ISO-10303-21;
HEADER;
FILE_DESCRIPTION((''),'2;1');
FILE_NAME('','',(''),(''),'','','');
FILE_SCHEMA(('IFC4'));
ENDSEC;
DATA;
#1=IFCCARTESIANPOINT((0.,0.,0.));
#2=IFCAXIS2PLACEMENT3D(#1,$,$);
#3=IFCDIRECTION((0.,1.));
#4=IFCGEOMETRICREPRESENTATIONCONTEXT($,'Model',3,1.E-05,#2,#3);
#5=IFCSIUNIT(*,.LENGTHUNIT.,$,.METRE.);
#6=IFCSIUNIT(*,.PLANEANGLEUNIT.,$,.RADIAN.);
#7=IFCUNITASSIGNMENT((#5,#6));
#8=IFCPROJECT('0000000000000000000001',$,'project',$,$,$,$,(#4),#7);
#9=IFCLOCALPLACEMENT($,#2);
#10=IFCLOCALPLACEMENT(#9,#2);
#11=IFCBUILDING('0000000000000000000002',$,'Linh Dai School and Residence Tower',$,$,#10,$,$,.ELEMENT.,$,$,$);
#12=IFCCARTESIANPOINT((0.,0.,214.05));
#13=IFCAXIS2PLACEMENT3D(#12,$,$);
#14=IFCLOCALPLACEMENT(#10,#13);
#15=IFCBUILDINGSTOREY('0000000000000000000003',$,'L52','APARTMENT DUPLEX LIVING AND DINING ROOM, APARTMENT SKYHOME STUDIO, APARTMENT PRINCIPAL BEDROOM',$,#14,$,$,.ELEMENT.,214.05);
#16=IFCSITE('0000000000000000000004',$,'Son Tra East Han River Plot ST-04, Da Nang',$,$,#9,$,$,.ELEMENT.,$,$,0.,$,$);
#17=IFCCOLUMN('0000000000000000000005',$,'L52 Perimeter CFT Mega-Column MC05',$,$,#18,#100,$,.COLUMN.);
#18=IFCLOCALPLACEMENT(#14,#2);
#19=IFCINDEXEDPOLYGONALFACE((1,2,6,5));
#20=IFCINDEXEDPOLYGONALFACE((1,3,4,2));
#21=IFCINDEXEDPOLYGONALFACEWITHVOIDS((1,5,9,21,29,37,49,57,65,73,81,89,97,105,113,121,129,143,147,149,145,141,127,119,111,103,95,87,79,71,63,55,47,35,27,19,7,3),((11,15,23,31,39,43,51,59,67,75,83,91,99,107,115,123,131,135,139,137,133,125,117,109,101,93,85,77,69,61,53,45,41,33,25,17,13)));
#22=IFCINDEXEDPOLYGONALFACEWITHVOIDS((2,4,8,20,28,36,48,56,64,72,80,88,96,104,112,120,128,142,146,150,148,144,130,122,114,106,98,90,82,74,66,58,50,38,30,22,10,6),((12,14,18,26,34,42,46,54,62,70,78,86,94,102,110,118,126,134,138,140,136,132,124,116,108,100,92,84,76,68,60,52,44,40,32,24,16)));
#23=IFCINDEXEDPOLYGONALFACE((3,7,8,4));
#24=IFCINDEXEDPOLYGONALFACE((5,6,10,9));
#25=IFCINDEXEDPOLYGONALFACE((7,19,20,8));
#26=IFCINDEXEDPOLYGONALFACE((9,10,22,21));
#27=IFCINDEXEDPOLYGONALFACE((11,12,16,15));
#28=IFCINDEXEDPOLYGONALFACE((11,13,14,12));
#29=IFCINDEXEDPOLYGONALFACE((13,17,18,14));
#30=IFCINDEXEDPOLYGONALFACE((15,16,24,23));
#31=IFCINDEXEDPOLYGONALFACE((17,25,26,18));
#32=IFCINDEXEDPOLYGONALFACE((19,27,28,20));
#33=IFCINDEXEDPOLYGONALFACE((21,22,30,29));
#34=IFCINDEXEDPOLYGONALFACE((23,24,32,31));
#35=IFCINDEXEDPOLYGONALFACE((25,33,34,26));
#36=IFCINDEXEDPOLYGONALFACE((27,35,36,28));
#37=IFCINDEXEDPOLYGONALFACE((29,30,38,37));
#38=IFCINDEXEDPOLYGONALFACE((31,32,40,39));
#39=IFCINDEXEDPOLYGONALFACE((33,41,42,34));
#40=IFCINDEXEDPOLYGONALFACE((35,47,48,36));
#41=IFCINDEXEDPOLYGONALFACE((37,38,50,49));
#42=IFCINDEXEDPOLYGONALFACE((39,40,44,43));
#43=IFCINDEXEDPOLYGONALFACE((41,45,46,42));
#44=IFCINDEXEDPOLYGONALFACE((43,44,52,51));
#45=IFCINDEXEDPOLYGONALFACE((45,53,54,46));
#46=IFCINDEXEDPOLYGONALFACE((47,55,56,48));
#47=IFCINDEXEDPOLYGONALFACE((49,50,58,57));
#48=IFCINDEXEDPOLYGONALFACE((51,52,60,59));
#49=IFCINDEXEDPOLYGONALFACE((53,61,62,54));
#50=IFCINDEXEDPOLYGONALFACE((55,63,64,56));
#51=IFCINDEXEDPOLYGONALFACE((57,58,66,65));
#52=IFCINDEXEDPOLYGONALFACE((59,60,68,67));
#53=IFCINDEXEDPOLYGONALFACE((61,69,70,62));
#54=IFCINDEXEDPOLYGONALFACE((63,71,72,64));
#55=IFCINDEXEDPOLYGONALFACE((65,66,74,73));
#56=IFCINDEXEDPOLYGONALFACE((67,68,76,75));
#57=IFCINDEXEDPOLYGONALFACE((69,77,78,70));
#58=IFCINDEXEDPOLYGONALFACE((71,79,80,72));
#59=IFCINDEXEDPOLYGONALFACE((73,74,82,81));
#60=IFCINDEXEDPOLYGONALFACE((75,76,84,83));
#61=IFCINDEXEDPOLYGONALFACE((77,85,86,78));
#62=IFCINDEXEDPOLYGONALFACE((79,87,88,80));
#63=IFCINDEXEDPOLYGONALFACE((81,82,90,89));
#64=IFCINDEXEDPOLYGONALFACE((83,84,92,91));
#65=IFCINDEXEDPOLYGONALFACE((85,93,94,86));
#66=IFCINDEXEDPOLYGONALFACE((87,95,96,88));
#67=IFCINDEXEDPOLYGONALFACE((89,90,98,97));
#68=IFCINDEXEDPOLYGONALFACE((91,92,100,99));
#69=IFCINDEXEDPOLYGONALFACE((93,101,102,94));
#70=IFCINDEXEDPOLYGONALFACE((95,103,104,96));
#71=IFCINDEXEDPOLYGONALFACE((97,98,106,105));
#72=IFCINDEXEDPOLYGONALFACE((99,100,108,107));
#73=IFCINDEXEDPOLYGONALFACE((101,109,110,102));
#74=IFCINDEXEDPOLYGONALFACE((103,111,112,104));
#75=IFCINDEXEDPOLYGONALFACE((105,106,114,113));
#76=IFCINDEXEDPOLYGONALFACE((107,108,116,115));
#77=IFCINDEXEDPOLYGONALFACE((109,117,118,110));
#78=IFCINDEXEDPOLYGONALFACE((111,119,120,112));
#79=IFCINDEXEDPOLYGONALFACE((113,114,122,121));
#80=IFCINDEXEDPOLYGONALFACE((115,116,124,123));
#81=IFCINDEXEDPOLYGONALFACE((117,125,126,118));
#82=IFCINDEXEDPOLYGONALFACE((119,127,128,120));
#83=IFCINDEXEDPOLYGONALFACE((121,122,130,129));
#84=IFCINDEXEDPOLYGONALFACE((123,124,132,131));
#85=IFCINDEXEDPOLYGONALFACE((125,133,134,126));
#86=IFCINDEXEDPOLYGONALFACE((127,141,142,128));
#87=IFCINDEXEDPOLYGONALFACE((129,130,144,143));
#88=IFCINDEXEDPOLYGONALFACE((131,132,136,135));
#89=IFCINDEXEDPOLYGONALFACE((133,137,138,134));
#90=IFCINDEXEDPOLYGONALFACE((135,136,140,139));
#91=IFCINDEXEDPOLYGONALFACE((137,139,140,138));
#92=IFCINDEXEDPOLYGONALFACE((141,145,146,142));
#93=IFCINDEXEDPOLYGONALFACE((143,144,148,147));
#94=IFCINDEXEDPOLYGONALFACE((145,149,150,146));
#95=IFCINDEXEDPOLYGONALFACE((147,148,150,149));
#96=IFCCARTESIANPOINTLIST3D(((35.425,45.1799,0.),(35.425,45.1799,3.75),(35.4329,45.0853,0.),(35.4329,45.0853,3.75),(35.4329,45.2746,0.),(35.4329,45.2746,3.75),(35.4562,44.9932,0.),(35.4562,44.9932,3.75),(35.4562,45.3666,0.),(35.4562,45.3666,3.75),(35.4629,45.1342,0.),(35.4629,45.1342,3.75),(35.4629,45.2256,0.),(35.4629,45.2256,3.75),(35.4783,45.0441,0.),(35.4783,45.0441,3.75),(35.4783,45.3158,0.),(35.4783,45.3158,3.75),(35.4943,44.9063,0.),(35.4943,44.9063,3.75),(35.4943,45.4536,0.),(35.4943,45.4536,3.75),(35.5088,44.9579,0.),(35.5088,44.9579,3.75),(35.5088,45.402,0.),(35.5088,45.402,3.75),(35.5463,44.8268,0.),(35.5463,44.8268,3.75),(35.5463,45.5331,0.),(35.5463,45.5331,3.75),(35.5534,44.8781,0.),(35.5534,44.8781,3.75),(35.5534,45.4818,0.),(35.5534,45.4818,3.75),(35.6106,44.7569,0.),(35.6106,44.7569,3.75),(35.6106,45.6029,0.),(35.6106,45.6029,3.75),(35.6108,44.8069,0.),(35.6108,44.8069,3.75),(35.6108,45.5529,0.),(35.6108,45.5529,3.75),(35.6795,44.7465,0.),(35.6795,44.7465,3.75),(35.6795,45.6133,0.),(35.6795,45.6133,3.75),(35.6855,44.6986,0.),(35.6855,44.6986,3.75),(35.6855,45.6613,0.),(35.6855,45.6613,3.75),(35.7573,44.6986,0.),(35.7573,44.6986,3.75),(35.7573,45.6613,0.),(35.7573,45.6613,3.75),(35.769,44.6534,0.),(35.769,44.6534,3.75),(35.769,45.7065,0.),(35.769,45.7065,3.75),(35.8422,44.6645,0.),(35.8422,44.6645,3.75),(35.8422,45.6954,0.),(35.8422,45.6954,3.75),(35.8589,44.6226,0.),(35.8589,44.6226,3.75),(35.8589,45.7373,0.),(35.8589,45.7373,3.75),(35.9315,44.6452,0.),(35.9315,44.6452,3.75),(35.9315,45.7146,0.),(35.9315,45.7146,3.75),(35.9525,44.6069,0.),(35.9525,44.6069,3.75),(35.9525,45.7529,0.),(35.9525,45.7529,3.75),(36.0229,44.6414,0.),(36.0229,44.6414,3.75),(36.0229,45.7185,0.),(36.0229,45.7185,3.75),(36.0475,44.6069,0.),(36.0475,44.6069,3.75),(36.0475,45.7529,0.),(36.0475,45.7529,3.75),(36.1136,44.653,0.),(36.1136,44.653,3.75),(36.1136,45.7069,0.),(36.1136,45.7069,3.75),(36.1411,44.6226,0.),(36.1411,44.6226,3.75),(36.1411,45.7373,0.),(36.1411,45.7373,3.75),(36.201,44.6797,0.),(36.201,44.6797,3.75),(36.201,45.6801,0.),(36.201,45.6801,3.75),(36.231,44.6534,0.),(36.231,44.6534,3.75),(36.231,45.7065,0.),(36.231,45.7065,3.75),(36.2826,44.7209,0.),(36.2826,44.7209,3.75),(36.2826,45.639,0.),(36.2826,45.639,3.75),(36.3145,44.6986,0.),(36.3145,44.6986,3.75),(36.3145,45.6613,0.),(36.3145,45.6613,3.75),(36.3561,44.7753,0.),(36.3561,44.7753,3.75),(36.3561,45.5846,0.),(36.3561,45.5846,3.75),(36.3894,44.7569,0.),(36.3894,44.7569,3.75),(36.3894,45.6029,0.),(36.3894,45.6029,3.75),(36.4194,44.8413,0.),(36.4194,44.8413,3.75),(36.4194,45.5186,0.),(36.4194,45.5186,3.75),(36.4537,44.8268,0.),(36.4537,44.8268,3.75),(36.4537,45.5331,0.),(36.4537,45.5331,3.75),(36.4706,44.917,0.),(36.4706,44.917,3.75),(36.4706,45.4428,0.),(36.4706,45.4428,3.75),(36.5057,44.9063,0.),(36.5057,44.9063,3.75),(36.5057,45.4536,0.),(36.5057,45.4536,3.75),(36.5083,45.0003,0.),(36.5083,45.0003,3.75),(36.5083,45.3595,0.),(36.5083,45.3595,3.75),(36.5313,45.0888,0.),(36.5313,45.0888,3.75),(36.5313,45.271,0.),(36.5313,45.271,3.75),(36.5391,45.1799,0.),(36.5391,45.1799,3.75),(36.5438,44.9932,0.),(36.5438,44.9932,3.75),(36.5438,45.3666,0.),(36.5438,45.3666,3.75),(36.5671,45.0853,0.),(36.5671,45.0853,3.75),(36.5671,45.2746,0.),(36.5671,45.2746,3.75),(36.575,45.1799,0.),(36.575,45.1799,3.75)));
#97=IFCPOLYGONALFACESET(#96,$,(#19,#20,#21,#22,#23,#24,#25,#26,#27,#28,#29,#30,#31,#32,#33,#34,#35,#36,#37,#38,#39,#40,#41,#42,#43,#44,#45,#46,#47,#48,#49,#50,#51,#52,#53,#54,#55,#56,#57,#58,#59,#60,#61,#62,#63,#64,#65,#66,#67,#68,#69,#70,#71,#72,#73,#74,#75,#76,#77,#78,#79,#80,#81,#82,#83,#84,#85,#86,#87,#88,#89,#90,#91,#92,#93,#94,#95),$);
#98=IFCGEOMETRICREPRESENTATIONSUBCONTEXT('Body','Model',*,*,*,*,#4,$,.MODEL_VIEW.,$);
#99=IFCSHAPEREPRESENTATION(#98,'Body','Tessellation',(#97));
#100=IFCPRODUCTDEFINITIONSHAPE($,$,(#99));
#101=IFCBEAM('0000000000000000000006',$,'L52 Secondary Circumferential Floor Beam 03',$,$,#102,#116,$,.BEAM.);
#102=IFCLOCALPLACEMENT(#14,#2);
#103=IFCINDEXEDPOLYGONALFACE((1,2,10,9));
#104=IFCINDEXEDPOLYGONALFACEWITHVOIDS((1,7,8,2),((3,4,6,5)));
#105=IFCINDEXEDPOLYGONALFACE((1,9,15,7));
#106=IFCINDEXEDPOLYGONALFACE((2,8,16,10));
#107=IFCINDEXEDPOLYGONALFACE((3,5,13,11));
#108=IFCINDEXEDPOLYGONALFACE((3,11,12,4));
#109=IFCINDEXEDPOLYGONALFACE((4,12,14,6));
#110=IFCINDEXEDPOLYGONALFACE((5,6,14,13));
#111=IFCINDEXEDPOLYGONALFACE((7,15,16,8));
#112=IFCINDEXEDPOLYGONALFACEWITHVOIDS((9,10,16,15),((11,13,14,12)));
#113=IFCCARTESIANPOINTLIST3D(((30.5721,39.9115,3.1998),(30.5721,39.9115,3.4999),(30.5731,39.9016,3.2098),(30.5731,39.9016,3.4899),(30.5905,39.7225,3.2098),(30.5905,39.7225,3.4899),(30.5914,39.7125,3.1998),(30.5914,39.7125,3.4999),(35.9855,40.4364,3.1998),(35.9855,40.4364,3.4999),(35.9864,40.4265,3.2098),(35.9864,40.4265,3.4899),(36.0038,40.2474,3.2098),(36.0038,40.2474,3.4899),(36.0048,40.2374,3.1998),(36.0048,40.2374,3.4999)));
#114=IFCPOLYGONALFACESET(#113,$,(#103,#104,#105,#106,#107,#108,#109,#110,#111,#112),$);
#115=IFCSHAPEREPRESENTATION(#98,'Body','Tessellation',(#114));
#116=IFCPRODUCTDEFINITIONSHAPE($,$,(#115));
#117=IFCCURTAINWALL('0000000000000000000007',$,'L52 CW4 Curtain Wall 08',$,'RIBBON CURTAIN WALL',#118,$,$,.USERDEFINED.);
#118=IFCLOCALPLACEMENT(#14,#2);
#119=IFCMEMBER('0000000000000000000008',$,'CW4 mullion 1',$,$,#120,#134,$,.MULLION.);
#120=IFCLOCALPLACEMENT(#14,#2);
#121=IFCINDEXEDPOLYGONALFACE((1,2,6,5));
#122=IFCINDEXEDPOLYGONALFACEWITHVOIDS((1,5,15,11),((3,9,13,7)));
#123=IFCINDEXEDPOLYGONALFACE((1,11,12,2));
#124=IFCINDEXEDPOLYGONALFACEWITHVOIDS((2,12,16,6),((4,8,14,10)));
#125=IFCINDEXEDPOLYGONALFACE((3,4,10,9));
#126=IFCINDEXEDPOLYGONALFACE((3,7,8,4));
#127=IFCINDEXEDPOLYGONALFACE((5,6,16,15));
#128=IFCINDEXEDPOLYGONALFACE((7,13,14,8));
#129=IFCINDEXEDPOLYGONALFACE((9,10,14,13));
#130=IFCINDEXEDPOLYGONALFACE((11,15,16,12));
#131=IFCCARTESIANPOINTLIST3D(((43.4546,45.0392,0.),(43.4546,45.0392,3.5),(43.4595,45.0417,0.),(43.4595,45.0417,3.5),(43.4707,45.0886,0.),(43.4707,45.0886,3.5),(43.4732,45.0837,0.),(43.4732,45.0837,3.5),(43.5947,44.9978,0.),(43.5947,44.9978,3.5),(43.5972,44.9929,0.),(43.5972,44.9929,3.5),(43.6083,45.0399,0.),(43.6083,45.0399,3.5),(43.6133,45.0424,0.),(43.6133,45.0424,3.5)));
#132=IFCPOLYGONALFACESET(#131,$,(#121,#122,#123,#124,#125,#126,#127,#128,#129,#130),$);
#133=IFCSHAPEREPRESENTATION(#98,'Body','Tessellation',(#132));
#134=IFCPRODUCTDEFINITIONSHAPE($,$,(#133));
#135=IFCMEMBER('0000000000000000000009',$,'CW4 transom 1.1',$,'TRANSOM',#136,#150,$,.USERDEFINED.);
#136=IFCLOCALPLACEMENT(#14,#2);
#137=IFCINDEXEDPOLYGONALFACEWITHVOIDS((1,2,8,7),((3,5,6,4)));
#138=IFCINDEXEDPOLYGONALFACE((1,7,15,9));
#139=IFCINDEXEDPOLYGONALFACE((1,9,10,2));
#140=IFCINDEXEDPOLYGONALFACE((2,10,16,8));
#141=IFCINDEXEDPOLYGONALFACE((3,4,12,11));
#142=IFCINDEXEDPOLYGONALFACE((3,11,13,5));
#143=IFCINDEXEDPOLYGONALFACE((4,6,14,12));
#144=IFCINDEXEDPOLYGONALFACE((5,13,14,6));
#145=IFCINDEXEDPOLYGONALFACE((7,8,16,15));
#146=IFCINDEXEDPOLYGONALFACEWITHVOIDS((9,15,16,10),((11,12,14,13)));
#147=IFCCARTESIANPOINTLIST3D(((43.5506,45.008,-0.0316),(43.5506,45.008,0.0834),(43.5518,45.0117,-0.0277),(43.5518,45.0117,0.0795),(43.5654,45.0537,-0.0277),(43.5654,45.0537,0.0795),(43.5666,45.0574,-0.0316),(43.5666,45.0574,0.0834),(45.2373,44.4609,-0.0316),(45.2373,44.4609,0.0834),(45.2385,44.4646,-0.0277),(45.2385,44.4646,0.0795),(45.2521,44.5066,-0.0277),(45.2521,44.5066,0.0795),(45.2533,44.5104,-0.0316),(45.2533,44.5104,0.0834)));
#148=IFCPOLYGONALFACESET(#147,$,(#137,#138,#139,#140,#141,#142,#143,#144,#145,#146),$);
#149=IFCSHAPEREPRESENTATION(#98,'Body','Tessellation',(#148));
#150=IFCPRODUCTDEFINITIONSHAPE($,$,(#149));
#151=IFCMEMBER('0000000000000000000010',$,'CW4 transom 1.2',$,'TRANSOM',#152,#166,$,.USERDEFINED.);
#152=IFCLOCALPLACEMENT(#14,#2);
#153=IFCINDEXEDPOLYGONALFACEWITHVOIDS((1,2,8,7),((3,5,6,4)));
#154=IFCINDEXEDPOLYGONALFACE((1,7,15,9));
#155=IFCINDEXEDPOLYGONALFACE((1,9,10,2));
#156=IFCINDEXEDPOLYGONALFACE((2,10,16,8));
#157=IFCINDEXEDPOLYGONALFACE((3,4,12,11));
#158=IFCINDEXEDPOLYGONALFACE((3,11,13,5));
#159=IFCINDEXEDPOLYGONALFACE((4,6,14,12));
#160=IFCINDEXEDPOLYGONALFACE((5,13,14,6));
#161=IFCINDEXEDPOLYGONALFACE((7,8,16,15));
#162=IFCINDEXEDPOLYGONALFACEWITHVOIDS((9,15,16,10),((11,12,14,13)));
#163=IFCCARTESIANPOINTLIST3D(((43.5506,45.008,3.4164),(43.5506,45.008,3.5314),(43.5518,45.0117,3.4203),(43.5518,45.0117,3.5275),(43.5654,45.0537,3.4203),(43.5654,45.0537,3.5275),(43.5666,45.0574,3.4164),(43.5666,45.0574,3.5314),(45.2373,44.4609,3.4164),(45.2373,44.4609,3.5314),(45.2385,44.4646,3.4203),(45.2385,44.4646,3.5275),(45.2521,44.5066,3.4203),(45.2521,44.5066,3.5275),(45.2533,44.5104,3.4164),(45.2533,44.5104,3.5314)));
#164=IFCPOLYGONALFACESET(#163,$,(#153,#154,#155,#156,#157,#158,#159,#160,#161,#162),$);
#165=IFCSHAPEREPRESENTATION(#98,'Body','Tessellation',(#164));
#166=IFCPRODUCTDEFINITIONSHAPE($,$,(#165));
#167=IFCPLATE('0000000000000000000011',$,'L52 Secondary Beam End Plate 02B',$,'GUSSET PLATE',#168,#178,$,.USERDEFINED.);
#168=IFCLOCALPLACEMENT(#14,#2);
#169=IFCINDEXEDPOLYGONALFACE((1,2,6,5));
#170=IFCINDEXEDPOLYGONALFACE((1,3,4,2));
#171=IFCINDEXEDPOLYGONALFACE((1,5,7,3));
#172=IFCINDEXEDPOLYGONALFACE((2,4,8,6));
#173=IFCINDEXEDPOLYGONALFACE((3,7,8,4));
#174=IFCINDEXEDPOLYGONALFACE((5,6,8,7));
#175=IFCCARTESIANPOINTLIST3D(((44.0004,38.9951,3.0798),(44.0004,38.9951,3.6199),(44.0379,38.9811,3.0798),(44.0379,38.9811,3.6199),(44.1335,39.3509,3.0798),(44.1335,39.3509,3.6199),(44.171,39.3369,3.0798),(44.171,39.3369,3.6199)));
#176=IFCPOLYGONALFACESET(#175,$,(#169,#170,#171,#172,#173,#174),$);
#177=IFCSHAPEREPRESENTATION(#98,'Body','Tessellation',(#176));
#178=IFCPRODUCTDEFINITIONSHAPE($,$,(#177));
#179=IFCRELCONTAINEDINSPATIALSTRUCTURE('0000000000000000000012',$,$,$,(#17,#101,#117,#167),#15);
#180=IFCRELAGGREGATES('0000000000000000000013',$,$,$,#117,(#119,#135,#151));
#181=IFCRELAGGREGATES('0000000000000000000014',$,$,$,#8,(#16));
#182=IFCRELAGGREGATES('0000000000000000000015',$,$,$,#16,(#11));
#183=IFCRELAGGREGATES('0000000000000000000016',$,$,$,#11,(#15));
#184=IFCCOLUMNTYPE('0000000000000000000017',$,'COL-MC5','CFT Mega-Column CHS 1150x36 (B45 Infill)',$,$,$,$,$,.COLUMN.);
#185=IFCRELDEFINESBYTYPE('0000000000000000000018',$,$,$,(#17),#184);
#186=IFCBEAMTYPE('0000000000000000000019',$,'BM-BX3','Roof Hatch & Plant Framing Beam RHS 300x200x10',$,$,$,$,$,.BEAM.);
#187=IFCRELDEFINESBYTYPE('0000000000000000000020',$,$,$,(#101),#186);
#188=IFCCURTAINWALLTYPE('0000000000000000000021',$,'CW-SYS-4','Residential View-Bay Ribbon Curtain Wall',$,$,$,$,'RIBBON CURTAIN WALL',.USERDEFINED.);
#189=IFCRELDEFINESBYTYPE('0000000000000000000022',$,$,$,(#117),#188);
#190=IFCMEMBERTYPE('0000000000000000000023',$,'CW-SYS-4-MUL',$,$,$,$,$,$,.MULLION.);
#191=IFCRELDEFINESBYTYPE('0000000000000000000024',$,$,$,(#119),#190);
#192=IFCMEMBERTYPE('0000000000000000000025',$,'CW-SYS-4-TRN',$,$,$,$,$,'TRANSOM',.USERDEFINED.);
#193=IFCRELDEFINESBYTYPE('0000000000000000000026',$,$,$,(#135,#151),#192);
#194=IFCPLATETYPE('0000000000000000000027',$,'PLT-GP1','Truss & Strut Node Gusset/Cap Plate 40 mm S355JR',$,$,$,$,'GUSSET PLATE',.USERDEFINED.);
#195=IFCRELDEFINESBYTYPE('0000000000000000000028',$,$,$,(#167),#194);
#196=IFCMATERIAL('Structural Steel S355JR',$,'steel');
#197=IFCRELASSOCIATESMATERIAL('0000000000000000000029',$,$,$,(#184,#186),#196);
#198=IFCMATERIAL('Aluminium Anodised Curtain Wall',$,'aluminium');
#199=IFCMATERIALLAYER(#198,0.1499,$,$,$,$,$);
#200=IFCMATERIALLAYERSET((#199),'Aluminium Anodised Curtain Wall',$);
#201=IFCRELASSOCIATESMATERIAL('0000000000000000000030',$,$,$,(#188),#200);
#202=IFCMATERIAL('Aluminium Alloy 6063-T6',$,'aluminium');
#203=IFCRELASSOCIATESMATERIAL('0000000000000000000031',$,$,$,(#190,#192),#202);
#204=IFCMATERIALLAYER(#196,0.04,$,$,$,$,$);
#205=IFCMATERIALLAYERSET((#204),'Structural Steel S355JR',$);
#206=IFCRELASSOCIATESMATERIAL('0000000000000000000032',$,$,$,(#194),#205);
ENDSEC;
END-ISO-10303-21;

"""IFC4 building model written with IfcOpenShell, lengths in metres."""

from ifc_helpers import new_model, si_unit, direction, frame, origin, origin_2d, place, context, subcontext, project, spatial, rectangle, hollow_rectangle, hollow_circle, extrude, source, transform, mapped, material, layer, layer_set, material_profile, profile_set, type_object, element, aggregate, save


model = new_model("IFC4")

# Units and contexts
model_context = context("Model", 3, precision=1e-05, world=origin(), true_north=direction((0.0, 1.0)))
body_context = subcontext(model_context, "Body", "Model", "MODEL_VIEW")
ifc_project = project(units=[si_unit("LENGTHUNIT", "METRE"), si_unit("PLANEANGLEUNIT", "RADIAN")], contexts=[model_context])

# Site, building, storey
site_placement = place(None, origin())
site = spatial("IfcSite", under=ifc_project, at=site_placement, Name="Son Tra East Han River Plot ST-04, Da Nang", CompositionType="ELEMENT", RefElevation=0.0)
building_placement = place(site_placement, origin())
building = spatial("IfcBuilding", under=site, at=building_placement, Name="Linh Dai School and Residence Tower", CompositionType="ELEMENT")
storey_placement = place(building_placement, frame((0.0, 0.0, 214.05)))
storey = spatial("IfcBuildingStorey", under=building, at=storey_placement, Name="L52", Description="APARTMENT DUPLEX LIVING AND DINING ROOM, APARTMENT SKYHOME STUDIO, APARTMENT PRINCIPAL BEDROOM", CompositionType="ELEMENT", Elevation=214.05)

# Column
ifc_material_1 = material(Name="Structural Steel S355JR", Category="steel")
ifc_material_profile_1 = material_profile(ifc_material_1, hollow_circle(Radius=0.575, WallThickness=0.0359, at=origin_2d()), Name="CHS 1150x36")
ifc_profile_set_1 = profile_set([ifc_material_profile_1], Name="Structural Steel S355JR")
column_type = type_object("IfcColumnType", Name="COL-MC5", Description="CFT Mega-Column CHS 1150x36 (B45 Infill)", PredefinedType="COLUMN", material=ifc_profile_set_1)
column_placement = place(storey_placement, frame((36.0, 45.1799, 0.0), z_axis=(0.0, 0.0, 1.0), x_axis=(1.0, 0.0, 0.0)))
element("IfcColumn", 1, at=column_placement, inside=storey, type_object=column_type, Name="L52 Perimeter CFT Mega-Column MC05", PredefinedType="COLUMN", context=body_context, shape_type="SweptSolid", body=[
    extrude(hollow_circle(Radius=0.575, WallThickness=0.0359, at=origin_2d()), origin(), (0.0, 0.0, 1.0), 3.75),
])

# Beam
ifc_material_profile_2 = material_profile(ifc_material_1, hollow_rectangle(XDim=0.2, YDim=0.3, WallThickness=0.01, at=origin_2d()), Name="RHS 300x200x10")
ifc_profile_set_2 = profile_set([ifc_material_profile_2], Name="Structural Steel S355JR")
beam_type = type_object("IfcBeamType", Name="BM-BX3", Description="Roof Hatch & Plant Framing Beam RHS 300x200x10", PredefinedType="BEAM", material=ifc_profile_set_2)
beam_placement = place(storey_placement, frame((35.9951, 40.3369, 3.3499), z_axis=(-0.995332, -0.096512, 0.0), x_axis=(0.096512, -0.995332, 0.0)))
element("IfcBeam", 2, at=beam_placement, inside=storey, type_object=beam_type, Name="L52 Secondary Circumferential Floor Beam 03", PredefinedType="BEAM", context=body_context, shape_type="SweptSolid", body=[
    extrude(hollow_rectangle(XDim=0.2, YDim=0.3, WallThickness=0.01, at=origin_2d()), origin(), (0.0, 0.0, 1.0), 5.4387),
])

# Curtain wall, members
ifc_material_2 = material(Name="Aluminium Anodised Curtain Wall", Category="aluminium")
ifc_layer_1 = layer(ifc_material_2, 0.1499)
ifc_layer_set_1 = layer_set([ifc_layer_1], Name="Aluminium Anodised Curtain Wall")
curtain_wall_type = type_object("IfcCurtainWallType", Name="CW-SYS-4", Description="Residential View-Bay Ribbon Curtain Wall", ElementType="RIBBON CURTAIN WALL", PredefinedType="USERDEFINED", material=ifc_layer_set_1)
curtain_wall_placement = place(storey_placement, origin())
curtain_wall = element("IfcCurtainWall", 3, at=curtain_wall_placement, inside=storey, type_object=curtain_wall_type, Name="L52 CW4 Curtain Wall 08", ObjectType="RIBBON CURTAIN WALL", PredefinedType="USERDEFINED")
ifc_material_3 = material(Name="Aluminium Alloy 6063-T6", Category="aluminium")
ifc_material_profile_3 = material_profile(ifc_material_3, hollow_rectangle(XDim=0.052, YDim=0.1499, WallThickness=0.0039, at=origin_2d()), Name="RHS 150x52x4")
ifc_profile_set_3 = profile_set([ifc_material_profile_3], Name="Aluminium Alloy 6063-T6")
member_type_1 = type_object("IfcMemberType", Name="CW-SYS-4-MUL", PredefinedType="MULLION", material=ifc_profile_set_3)
shared_shape_1 = source(origin(), body_context, "Body", "SweptSolid", [
    extrude(hollow_rectangle(XDim=0.052, YDim=0.1499, WallThickness=0.0039, at=origin_2d()), origin(), (0.0, 0.0, 1.0), 3.5),
])
member_1_placement = place(storey_placement, frame((43.5339, 45.0408, 0.0), z_axis=(0.0, 0.0, 1.0), x_axis=(0.308501, 0.951224, 0.0)))
member_1 = element("IfcMember", 4, at=member_1_placement, type_object=member_type_1, Name="CW4 mullion 1", PredefinedType="MULLION", context=body_context, shape_type="MappedRepresentation", body=[
    mapped(shared_shape_1, transform((0.0, 0.0, 0.0), x_axis=(1.0, 0.0, 0.0), y_axis=(0.0, 1.0, 0.0), z_axis=(0.0, 0.0, 1.0), scale=1.0)),
])
ifc_material_profile_4 = material_profile(ifc_material_3, hollow_rectangle(XDim=0.052, YDim=0.115, WallThickness=0.0039, at=origin_2d()), Name="RHS 115x52x4")
ifc_profile_set_4 = profile_set([ifc_material_profile_4], Name="Aluminium Alloy 6063-T6")
member_type_2 = type_object("IfcMemberType", Name="CW-SYS-4-TRN", ElementType="TRANSOM", PredefinedType="USERDEFINED", material=ifc_profile_set_4)
shared_shape_2 = source(origin(), body_context, "Body", "SweptSolid", [
    extrude(hollow_rectangle(XDim=0.052, YDim=0.115, WallThickness=0.0039, at=origin_2d()), origin(), (0.0, 0.0, 1.0), 1.7732),
])
member_2_placement = place(storey_placement, frame((43.5586, 45.0327, 0.0259), z_axis=(0.951213, -0.308535, 0.0), x_axis=(0.308535, 0.951213, 0.0)))
member_2 = element("IfcMember", 5, at=member_2_placement, type_object=member_type_2, Name="CW4 transom 1.1", ObjectType="TRANSOM", PredefinedType="USERDEFINED", context=body_context, shape_type="MappedRepresentation", body=[
    mapped(shared_shape_2, transform((0.0, 0.0, 0.0), x_axis=(1.0, 0.0, 0.0), y_axis=(0.0, 1.0, 0.0), z_axis=(0.0, 0.0, 1.0), scale=1.0)),
])
member_3_placement = place(storey_placement, frame((43.5586, 45.0327, 3.4739), z_axis=(0.951213, -0.308535, 0.0), x_axis=(0.308535, 0.951213, 0.0)))
member_3 = element("IfcMember", 6, at=member_3_placement, type_object=member_type_2, Name="CW4 transom 1.2", ObjectType="TRANSOM", PredefinedType="USERDEFINED", context=body_context, shape_type="MappedRepresentation", body=[
    mapped(shared_shape_2, transform((0.0, 0.0, 0.0), x_axis=(1.0, 0.0, 0.0), y_axis=(0.0, 1.0, 0.0), z_axis=(0.0, 0.0, 1.0), scale=1.0)),
])

# Plate
ifc_layer_2 = layer(ifc_material_1, 0.04)
ifc_layer_set_2 = layer_set([ifc_layer_2], Name="Structural Steel S355JR")
plate_type_1 = type_object("IfcPlateType", Name="PLT-GP1", Description="Truss & Strut Node Gusset/Cap Plate 40 mm S355JR", ElementType="GUSSET PLATE", PredefinedType="USERDEFINED", material=ifc_layer_set_2)
shared_shape_3 = source(origin(), body_context, "Body", "SweptSolid", [
    extrude(rectangle(XDim=0.04, YDim=0.3799, at=origin_2d()), origin(), (0.0, 0.0, 1.0), 0.54),
])
for number, where, z_axis, x_axis, name in (
    (7, (44.0857, 39.166, 3.0798), (0.0, 0.0, 1.0), (-0.936534, 0.350577, 0.0), "L52 Secondary Beam End Plate 02B"),
):
    element("IfcPlate", number, at=place(storey_placement, frame(where, z_axis=z_axis, x_axis=x_axis)), inside=storey, type_object=plate_type_1, Name=name, ObjectType="GUSSET PLATE", PredefinedType="USERDEFINED", context=body_context, shape_type="MappedRepresentation", body=[
        mapped(shared_shape_3, transform((0.0, 0.0, 0.0), x_axis=(1.0, 0.0, 0.0), y_axis=(0.0, 1.0, 0.0), z_axis=(0.0, 0.0, 1.0), scale=1.0)),
    ])

aggregate(curtain_wall, [member_1, member_2, member_3])

save(model, "model.ifc")
